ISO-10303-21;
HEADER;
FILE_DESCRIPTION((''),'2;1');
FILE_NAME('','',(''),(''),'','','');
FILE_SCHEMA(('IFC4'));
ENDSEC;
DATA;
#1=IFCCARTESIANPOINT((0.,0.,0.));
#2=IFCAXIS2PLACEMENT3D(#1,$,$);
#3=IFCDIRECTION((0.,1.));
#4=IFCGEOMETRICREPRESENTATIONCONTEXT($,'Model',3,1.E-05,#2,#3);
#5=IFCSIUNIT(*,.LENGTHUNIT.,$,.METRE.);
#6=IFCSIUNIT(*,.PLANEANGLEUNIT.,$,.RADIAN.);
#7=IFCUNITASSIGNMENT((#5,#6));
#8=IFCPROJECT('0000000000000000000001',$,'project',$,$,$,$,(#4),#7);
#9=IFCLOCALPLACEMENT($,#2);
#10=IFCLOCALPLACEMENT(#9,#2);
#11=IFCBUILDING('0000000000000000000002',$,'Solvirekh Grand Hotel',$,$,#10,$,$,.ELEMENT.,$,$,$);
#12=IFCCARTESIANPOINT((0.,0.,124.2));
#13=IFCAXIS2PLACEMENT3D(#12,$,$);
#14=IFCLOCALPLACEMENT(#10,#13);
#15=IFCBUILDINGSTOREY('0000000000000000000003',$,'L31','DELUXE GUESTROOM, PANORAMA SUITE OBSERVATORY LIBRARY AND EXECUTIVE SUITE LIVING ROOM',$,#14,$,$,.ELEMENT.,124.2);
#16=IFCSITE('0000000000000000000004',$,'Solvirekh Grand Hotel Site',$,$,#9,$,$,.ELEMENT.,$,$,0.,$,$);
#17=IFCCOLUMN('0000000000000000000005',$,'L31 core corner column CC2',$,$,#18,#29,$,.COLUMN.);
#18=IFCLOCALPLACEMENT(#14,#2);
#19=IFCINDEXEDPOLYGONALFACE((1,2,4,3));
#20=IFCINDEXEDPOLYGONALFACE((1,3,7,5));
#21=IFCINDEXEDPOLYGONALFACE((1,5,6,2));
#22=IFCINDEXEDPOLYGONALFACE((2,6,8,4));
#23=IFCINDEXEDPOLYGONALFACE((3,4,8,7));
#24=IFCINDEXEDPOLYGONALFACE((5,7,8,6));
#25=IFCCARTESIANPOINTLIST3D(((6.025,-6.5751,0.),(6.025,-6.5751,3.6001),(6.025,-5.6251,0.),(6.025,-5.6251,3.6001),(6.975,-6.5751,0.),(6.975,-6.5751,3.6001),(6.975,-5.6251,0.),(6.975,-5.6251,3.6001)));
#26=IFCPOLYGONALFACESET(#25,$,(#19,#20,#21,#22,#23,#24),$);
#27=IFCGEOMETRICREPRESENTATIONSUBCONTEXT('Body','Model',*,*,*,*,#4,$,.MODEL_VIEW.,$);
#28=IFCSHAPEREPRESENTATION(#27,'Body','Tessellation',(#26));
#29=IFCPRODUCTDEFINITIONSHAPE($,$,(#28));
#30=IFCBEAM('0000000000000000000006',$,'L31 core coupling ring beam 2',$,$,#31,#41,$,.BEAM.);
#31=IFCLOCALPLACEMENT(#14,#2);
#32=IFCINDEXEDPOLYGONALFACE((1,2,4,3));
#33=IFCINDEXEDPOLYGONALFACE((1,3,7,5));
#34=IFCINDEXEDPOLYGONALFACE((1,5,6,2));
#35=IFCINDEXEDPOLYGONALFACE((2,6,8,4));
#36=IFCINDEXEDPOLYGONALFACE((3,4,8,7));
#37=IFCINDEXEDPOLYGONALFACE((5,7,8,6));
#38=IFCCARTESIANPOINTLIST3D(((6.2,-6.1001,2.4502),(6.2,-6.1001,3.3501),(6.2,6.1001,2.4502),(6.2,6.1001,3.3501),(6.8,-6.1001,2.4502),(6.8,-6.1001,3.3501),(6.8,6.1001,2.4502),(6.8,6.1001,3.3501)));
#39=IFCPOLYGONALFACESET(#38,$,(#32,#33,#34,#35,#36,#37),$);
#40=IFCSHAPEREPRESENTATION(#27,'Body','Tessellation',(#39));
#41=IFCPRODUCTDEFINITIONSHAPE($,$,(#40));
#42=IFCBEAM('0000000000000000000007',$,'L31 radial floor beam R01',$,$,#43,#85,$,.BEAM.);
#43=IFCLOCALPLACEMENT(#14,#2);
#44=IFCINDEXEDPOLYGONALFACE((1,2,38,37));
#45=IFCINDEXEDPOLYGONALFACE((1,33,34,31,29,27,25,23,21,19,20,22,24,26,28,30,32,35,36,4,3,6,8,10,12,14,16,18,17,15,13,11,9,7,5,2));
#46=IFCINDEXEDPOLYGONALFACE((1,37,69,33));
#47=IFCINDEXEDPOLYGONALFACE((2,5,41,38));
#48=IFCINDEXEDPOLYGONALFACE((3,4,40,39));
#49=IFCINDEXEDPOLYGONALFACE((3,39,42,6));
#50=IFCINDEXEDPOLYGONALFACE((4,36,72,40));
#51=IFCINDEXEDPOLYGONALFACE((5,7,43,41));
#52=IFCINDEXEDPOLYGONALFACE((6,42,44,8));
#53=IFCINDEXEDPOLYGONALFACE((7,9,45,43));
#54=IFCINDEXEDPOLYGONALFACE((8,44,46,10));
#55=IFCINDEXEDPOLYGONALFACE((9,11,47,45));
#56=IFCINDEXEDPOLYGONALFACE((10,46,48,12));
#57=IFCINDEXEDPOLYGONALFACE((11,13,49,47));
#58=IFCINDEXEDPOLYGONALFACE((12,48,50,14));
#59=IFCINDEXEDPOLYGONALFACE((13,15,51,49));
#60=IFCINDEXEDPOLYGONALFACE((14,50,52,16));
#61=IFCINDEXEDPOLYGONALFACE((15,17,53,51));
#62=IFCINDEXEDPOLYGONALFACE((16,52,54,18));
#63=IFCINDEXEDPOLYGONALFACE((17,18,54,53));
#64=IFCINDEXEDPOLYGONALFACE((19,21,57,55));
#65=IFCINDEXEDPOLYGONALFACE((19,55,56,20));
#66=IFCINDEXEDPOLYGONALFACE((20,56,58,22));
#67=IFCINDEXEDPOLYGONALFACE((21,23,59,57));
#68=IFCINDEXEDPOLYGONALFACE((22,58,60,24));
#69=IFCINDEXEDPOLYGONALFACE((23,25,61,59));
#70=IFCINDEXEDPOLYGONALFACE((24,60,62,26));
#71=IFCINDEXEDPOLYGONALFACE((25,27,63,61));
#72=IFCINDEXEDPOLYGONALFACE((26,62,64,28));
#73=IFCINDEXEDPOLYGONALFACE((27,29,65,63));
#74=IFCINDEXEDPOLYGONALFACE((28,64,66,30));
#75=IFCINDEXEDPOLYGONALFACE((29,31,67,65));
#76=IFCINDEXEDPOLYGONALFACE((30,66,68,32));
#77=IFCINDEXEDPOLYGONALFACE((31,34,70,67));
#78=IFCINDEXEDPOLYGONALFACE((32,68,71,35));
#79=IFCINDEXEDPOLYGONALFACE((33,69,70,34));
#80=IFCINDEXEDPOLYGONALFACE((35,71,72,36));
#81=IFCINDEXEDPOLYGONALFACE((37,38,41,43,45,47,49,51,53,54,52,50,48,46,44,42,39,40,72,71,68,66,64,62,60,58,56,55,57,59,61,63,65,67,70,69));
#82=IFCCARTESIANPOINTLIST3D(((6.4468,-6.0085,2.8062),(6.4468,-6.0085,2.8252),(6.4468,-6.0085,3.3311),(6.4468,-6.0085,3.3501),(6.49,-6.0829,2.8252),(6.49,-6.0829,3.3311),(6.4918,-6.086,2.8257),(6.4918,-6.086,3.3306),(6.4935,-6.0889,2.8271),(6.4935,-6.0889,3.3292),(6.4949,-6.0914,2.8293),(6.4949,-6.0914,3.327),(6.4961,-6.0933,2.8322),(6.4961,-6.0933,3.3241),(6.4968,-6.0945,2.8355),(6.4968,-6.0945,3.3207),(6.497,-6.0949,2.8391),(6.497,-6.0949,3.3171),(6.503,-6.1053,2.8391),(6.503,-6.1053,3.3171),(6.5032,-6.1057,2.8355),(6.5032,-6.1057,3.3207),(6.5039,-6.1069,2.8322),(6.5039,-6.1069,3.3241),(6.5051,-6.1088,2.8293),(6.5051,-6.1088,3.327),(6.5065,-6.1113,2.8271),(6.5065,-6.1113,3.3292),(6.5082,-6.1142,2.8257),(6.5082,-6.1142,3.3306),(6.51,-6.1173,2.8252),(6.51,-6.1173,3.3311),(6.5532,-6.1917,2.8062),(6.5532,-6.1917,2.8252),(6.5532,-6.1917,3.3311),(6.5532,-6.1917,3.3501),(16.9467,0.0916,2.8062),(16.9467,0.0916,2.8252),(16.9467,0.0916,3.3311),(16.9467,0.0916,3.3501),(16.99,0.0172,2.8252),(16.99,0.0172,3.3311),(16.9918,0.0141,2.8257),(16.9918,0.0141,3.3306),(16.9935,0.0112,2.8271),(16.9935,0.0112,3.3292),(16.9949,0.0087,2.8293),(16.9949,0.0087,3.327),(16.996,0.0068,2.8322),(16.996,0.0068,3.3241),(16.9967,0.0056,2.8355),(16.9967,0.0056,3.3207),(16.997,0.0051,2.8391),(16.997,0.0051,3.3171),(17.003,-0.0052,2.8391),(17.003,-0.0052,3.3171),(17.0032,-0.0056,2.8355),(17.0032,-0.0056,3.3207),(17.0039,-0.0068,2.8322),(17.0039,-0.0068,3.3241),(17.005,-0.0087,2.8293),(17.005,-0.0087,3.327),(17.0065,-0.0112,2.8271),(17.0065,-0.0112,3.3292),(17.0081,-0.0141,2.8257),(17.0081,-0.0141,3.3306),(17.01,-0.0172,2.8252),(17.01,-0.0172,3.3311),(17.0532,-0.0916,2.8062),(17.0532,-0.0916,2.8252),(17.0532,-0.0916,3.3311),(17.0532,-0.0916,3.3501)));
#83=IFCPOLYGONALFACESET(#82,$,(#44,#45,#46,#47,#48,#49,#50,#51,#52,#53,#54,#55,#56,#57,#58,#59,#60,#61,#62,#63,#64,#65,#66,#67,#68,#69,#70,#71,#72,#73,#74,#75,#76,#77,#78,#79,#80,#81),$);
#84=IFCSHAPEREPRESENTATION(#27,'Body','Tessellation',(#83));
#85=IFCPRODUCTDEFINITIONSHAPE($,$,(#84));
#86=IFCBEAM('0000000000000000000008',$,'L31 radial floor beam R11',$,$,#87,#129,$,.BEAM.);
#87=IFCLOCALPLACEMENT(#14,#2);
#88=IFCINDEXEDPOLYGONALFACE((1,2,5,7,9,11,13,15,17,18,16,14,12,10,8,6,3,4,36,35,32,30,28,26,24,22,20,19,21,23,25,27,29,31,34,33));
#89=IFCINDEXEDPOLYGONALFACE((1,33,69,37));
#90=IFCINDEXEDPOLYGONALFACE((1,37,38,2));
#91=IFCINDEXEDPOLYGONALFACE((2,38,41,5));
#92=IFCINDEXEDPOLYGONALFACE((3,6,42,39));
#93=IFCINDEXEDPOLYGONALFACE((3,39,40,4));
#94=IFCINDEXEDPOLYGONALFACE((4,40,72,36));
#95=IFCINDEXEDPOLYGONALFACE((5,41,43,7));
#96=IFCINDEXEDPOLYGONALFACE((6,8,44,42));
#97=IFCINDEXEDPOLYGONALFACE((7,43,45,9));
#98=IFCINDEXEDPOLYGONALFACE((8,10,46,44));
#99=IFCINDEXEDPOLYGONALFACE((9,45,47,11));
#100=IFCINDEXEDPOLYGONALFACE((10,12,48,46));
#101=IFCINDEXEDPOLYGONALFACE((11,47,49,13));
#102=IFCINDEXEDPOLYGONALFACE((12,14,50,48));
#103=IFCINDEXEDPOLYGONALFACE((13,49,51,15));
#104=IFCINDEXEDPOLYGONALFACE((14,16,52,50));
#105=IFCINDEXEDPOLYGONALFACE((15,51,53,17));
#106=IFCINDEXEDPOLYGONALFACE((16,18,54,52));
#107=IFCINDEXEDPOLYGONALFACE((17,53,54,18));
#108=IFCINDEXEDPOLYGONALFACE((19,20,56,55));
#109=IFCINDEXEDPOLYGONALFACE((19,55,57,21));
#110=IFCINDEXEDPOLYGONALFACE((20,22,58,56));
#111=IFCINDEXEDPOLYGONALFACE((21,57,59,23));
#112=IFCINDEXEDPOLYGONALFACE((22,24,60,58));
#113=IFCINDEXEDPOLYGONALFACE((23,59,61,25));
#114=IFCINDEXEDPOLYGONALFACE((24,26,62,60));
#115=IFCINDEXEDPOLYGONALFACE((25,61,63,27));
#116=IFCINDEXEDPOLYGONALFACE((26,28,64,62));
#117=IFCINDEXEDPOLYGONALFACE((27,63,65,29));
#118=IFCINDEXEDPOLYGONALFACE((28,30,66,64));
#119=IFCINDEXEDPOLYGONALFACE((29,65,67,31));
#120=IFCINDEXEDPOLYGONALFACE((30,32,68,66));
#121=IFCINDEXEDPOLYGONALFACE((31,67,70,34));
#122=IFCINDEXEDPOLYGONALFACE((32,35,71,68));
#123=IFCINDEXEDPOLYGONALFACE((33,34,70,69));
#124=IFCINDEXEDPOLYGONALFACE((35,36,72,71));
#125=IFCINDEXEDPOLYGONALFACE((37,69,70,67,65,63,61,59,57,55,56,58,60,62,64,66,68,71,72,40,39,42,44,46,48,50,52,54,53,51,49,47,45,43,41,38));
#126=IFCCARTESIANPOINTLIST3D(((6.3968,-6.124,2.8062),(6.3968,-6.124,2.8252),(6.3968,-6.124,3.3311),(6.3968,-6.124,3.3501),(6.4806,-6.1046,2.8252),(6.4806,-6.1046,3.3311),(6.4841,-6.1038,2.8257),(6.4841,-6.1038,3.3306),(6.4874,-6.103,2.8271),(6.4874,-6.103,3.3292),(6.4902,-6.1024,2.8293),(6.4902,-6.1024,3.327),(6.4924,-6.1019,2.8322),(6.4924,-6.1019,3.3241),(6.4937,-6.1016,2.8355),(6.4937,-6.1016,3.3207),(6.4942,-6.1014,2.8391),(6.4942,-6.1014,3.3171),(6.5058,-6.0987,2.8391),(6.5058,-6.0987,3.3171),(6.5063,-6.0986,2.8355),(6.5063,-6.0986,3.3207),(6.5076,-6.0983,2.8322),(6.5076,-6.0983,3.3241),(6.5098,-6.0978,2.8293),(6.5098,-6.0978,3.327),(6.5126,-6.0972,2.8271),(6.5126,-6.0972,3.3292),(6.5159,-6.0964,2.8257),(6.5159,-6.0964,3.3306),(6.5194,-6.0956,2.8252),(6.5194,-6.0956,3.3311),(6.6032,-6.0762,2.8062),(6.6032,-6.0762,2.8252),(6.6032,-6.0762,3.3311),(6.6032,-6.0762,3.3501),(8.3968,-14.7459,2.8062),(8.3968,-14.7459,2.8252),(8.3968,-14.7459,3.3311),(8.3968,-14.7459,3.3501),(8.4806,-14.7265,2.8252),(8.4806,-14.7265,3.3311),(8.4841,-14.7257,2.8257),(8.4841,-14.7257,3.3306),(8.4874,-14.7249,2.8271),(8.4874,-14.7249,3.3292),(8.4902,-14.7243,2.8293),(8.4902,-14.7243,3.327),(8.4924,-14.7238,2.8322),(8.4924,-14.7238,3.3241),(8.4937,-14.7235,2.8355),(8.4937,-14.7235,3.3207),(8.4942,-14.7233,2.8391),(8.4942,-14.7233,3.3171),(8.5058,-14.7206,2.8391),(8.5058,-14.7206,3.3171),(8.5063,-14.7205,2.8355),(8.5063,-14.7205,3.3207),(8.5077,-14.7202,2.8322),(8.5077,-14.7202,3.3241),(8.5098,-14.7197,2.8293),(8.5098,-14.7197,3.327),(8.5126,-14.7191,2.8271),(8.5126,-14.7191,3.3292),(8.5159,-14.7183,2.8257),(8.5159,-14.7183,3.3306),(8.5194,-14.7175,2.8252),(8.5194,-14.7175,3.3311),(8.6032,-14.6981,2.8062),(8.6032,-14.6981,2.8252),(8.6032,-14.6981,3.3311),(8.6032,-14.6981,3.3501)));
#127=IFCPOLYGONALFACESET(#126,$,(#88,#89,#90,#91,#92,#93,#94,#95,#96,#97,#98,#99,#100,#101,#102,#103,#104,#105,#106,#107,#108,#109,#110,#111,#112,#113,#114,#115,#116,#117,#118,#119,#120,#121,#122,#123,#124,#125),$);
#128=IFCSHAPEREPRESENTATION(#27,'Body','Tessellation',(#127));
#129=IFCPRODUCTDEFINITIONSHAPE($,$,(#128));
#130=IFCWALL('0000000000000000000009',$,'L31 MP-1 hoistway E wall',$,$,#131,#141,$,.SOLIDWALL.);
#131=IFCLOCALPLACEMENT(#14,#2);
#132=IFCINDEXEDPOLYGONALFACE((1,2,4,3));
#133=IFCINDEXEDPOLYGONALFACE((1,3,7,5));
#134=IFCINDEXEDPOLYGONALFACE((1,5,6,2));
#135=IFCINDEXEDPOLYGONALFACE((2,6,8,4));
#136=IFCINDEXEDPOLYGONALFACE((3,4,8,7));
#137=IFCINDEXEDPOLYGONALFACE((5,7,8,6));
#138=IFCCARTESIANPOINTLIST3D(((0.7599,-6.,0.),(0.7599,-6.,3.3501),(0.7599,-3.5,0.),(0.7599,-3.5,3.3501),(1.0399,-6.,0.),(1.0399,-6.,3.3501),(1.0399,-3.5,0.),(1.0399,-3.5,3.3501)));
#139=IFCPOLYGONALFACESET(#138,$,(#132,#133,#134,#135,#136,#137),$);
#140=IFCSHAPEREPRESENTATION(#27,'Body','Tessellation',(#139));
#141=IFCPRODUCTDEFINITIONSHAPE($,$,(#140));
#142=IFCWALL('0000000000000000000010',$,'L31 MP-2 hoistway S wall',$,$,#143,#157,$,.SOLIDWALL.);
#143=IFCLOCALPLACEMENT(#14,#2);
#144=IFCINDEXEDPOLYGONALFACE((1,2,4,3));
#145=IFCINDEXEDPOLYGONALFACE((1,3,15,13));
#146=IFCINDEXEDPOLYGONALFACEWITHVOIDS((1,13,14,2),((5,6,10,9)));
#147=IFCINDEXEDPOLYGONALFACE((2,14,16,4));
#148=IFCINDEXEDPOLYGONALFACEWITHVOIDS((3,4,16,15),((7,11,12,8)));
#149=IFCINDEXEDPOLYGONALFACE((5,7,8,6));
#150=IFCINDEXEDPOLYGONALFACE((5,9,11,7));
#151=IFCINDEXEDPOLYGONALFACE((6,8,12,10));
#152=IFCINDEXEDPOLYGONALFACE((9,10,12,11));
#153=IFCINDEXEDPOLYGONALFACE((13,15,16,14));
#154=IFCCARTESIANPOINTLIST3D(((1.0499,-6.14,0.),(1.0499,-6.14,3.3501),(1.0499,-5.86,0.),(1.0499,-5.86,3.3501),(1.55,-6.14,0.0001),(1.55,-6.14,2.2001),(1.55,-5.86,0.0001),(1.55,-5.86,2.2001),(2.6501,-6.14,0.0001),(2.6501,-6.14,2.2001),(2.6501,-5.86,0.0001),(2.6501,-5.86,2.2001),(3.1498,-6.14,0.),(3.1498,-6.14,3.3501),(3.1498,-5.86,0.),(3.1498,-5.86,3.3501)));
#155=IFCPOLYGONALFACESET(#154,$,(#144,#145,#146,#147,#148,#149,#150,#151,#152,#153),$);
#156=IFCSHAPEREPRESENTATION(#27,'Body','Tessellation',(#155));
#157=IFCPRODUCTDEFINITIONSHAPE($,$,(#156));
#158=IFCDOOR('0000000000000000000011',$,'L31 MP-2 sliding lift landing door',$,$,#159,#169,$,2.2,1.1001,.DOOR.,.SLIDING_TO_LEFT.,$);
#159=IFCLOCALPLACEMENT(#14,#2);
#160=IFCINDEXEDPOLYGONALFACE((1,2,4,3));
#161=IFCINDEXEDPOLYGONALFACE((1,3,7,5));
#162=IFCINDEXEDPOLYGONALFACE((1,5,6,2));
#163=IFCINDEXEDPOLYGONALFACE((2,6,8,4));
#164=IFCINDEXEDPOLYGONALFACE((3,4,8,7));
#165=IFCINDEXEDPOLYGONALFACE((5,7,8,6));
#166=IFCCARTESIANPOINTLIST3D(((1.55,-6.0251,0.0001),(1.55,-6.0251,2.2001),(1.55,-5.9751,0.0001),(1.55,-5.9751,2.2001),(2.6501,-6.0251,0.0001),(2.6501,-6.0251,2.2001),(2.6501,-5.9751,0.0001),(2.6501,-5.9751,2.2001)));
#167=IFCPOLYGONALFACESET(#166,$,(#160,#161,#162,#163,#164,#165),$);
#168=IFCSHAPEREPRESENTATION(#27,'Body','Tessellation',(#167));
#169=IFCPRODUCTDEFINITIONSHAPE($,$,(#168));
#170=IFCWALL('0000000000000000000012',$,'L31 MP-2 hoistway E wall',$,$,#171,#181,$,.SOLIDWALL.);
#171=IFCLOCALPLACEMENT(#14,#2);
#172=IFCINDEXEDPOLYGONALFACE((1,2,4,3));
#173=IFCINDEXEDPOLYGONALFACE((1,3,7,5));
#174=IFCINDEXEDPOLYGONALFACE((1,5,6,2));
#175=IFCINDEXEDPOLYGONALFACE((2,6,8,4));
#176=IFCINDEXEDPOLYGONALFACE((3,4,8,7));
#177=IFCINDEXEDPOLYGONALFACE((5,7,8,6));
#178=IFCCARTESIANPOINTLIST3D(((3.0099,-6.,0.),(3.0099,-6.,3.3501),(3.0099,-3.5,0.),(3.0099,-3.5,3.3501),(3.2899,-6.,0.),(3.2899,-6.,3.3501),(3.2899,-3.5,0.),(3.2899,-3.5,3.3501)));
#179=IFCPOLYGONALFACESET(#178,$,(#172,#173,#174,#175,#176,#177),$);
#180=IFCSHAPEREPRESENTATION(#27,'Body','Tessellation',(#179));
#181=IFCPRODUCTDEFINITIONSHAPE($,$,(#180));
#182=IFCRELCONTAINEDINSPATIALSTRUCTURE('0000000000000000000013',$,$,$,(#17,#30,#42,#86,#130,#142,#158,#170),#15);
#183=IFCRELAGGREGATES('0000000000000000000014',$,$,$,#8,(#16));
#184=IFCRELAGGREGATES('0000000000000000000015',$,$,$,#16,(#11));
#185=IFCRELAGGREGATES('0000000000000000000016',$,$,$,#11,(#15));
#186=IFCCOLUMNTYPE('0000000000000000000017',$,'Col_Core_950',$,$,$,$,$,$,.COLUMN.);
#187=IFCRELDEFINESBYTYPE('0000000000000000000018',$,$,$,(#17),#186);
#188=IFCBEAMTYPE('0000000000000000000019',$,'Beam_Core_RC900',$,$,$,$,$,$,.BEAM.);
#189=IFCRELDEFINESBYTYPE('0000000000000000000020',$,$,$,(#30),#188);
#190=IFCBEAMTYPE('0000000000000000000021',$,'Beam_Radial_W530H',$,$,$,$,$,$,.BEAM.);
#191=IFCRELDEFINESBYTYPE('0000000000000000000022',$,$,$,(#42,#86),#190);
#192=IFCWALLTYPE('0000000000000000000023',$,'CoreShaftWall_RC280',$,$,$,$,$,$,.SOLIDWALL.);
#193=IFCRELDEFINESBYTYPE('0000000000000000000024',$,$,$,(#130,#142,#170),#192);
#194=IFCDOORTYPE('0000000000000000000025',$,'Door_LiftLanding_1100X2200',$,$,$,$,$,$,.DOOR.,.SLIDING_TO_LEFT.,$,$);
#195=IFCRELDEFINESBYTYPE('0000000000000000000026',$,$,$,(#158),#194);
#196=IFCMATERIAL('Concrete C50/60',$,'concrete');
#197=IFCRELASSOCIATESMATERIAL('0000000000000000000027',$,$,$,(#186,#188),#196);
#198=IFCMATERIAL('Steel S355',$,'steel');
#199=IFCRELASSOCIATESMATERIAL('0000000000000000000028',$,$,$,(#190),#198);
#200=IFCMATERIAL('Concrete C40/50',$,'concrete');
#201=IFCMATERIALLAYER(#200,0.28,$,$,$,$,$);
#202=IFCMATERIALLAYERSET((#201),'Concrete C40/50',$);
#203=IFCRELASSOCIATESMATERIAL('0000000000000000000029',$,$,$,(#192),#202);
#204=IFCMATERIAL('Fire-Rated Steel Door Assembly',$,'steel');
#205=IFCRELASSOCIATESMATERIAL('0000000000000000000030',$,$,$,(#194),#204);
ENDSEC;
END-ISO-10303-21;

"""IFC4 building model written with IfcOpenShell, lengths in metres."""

from ifc_helpers import new_model, si_unit, direction, frame, frame_2d, origin, origin_2d, place, context, subcontext, project, spatial, rectangle, i_section, extrude, material, layer, layer_set, material_profile, profile_set, type_object, element, fill, save


model = new_model("IFC4")

# Units and contexts
model_context = context("Model", 3, precision=1e-05, world=origin(), true_north=direction((0.0, 1.0)))
body_context = subcontext(model_context, "Body", "Model", "MODEL_VIEW")
ifc_project = project(units=[si_unit("LENGTHUNIT", "METRE"), si_unit("PLANEANGLEUNIT", "RADIAN")], contexts=[model_context])

# Site, building, storey
site_placement = place(None, origin())
site = spatial("IfcSite", under=ifc_project, at=site_placement, Name="Solvirekh Grand Hotel Site", CompositionType="ELEMENT", RefElevation=0.0)
building_placement = place(site_placement, origin())
building = spatial("IfcBuilding", under=site, at=building_placement, Name="Solvirekh Grand Hotel", CompositionType="ELEMENT")
storey_placement = place(building_placement, frame((0.0, 0.0, 124.2)))
storey = spatial("IfcBuildingStorey", under=building, at=storey_placement, Name="L31", Description="DELUXE GUESTROOM, PANORAMA SUITE OBSERVATORY LIBRARY AND EXECUTIVE SUITE LIVING ROOM", CompositionType="ELEMENT", Elevation=124.2)

# Column
ifc_material_1 = material(Name="Concrete C50/60", Category="concrete")
ifc_material_profile_1 = material_profile(ifc_material_1, rectangle(XDim=0.95, YDim=0.95, at=origin_2d()), Name="RC 950X950")
ifc_profile_set_1 = profile_set([ifc_material_profile_1], Name="Concrete C50/60")
column_type = type_object("IfcColumnType", Name="Col_Core_950", PredefinedType="COLUMN", material=ifc_profile_set_1)
column_placement = place(storey_placement, frame((6.5, -6.1001, 0.0), z_axis=(0.0, 0.0, 1.0), x_axis=(1.0, 0.0, 0.0)))
element("IfcColumn", 1, at=column_placement, inside=storey, type_object=column_type, Name="L31 core corner column CC2", PredefinedType="COLUMN", context=body_context, shape_type="SweptSolid", body=[
    extrude(rectangle(XDim=0.95, YDim=0.95, at=origin_2d()), origin(), (0.0, 0.0, 1.0), 3.6001),
])

# Beams
ifc_material_profile_2 = material_profile(ifc_material_1, rectangle(XDim=0.6001, YDim=0.8999, at=origin_2d()), Name="RC BEAM 600X900")
ifc_profile_set_2 = profile_set([ifc_material_profile_2], Name="Concrete C50/60")
beam_type_1 = type_object("IfcBeamType", Name="Beam_Core_RC900", PredefinedType="BEAM", material=ifc_profile_set_2)
beam_1_placement = place(storey_placement, frame((6.5, -6.1001, 2.9001), z_axis=(0.0, 1.0, 0.0), x_axis=(-1.0, 0.0, 0.0)))
element("IfcBeam", 2, at=beam_1_placement, inside=storey, type_object=beam_type_1, Name="L31 core coupling ring beam 2", PredefinedType="BEAM", context=body_context, shape_type="SweptSolid", body=[
    extrude(rectangle(XDim=0.6001, YDim=0.8999, at=origin_2d()), origin(), (0.0, 0.0, 1.0), 12.2002),
])
ifc_material_2 = material(Name="Steel S355", Category="steel")
ifc_material_profile_3 = material_profile(ifc_material_2, i_section(OverallWidth=0.2119, OverallDepth=0.5439, WebThickness=0.012, FlangeThickness=0.019, FilletRadius=0.0139, at=origin_2d()), Name="W530X123")
ifc_profile_set_3 = profile_set([ifc_material_profile_3], Name="Steel S355")
beam_type_2 = type_object("IfcBeamType", Name="Beam_Radial_W530H", PredefinedType="BEAM", material=ifc_profile_set_3)
beam_2_placement = place(storey_placement, frame((6.5, -6.1001, 3.0781), z_axis=(0.86467, 0.50234, 0.0), x_axis=(-0.50234, 0.86467, 0.0)))
element("IfcBeam", 3, at=beam_2_placement, inside=storey, type_object=beam_type_2, Name="L31 radial floor beam R01", PredefinedType="BEAM", context=body_context, shape_type="SweptSolid", body=[
    extrude(i_section(OverallWidth=0.2119, OverallDepth=0.5439, WebThickness=0.012, FlangeThickness=0.019, FilletRadius=0.0139, at=origin_2d()), origin(), (0.0, 0.0, 1.0), 12.1433),
])
beam_3_placement = place(storey_placement, frame((6.5, -6.1001, 3.0781), z_axis=(0.225969, -0.974134, 0.0), x_axis=(0.974134, 0.225969, 0.0)))
element("IfcBeam", 4, at=beam_3_placement, inside=storey, type_object=beam_type_2, Name="L31 radial floor beam R11", PredefinedType="BEAM", context=body_context, shape_type="SweptSolid", body=[
    extrude(i_section(OverallWidth=0.2119, OverallDepth=0.5439, WebThickness=0.012, FlangeThickness=0.019, FilletRadius=0.0139, at=origin_2d()), origin(), (0.0, 0.0, 1.0), 8.8508),
])

# Wall
ifc_material_3 = material(Name="Concrete C40/50", Category="concrete")
ifc_layer_1 = layer(ifc_material_3, 0.28)
ifc_layer_set_1 = layer_set([ifc_layer_1], Name="Concrete C40/50")
wall_type_1 = type_object("IfcWallType", Name="CoreShaftWall_RC280", PredefinedType="SOLIDWALL", material=ifc_layer_set_1)
wall_1_placement = place(storey_placement, frame((0.8999, -6.0, 0.0), z_axis=(0.0, 0.0, 1.0), x_axis=(0.0, 1.0, 0.0)))
element("IfcWall", 5, at=wall_1_placement, inside=storey, type_object=wall_type_1, Name="L31 MP-1 hoistway E wall", PredefinedType="SOLIDWALL", context=body_context, shape_type="SweptSolid", body=[
    extrude(rectangle(XDim=2.5, YDim=0.28, at=frame_2d((1.25, 0.0))), origin(), (0.0, 0.0, 1.0), 3.3501),
])

# Wall, opening, door
wall_2_placement = place(storey_placement, frame((1.05, -6.0, 0.0), z_axis=(0.0, 0.0, 1.0), x_axis=(1.0, 0.0, 0.0)))
wall_2 = element("IfcWall", 6, at=wall_2_placement, inside=storey, type_object=wall_type_1, Name="L31 MP-2 hoistway S wall", PredefinedType="SOLIDWALL", context=body_context, shape_type="SweptSolid", body=[
    extrude(rectangle(XDim=2.0999, YDim=0.28, at=frame_2d((1.0498, 0.0))), origin(), (0.0, 0.0, 1.0), 3.3501),
])
opening_1_placement = place(wall_2_placement, frame((0.5, 0.0, 0.0)))
opening_1 = element("IfcOpeningElement", 7, at=opening_1_placement, cuts=wall_2, PredefinedType="OPENING", context=body_context, shape_type="SweptSolid", body=[
    extrude(rectangle(XDim=1.1001, YDim=2.2, at=frame_2d((0.55, 1.1001))), frame((0.0, 0.1499, 0.0), z_axis=(0.0, -1.0, 0.0), x_axis=(1.0, 0.0, 0.0)), (0.0, 0.0, 1.0), 0.3),
])
ifc_material_4 = material(Name="Fire-Rated Steel Door Assembly", Category="steel")
door_type_1 = type_object("IfcDoorType", Name="Door_LiftLanding_1100X2200", OperationType="SLIDING_TO_LEFT", PredefinedType="DOOR", material=ifc_material_4)
door_1_placement = place(opening_1_placement, origin())
door_1 = element("IfcDoor", 8, at=door_1_placement, inside=storey, type_object=door_type_1, Name="L31 MP-2 sliding lift landing door", OperationType="SLIDING_TO_LEFT", OverallHeight=2.2, OverallWidth=1.1001, PredefinedType="DOOR", context=body_context, shape_type="SweptSolid", body=[
    extrude(rectangle(XDim=1.1001, YDim=2.2, at=frame_2d((0.55, 1.1001))), frame((0.0, 0.0249, 0.0), z_axis=(0.0, -1.0, 0.0), x_axis=(1.0, 0.0, 0.0)), (0.0, 0.0, 1.0), 0.05),
])
fill(opening_1, door_1)

# Wall
wall_3_placement = place(storey_placement, frame((3.1499, -6.0, 0.0), z_axis=(0.0, 0.0, 1.0), x_axis=(0.0, 1.0, 0.0)))
element("IfcWall", 9, at=wall_3_placement, inside=storey, type_object=wall_type_1, Name="L31 MP-2 hoistway E wall", PredefinedType="SOLIDWALL", context=body_context, shape_type="SweptSolid", body=[
    extrude(rectangle(XDim=2.5, YDim=0.28, at=frame_2d((1.25, 0.0))), origin(), (0.0, 0.0, 1.0), 3.3501),
])

save(model, "model.ifc")
